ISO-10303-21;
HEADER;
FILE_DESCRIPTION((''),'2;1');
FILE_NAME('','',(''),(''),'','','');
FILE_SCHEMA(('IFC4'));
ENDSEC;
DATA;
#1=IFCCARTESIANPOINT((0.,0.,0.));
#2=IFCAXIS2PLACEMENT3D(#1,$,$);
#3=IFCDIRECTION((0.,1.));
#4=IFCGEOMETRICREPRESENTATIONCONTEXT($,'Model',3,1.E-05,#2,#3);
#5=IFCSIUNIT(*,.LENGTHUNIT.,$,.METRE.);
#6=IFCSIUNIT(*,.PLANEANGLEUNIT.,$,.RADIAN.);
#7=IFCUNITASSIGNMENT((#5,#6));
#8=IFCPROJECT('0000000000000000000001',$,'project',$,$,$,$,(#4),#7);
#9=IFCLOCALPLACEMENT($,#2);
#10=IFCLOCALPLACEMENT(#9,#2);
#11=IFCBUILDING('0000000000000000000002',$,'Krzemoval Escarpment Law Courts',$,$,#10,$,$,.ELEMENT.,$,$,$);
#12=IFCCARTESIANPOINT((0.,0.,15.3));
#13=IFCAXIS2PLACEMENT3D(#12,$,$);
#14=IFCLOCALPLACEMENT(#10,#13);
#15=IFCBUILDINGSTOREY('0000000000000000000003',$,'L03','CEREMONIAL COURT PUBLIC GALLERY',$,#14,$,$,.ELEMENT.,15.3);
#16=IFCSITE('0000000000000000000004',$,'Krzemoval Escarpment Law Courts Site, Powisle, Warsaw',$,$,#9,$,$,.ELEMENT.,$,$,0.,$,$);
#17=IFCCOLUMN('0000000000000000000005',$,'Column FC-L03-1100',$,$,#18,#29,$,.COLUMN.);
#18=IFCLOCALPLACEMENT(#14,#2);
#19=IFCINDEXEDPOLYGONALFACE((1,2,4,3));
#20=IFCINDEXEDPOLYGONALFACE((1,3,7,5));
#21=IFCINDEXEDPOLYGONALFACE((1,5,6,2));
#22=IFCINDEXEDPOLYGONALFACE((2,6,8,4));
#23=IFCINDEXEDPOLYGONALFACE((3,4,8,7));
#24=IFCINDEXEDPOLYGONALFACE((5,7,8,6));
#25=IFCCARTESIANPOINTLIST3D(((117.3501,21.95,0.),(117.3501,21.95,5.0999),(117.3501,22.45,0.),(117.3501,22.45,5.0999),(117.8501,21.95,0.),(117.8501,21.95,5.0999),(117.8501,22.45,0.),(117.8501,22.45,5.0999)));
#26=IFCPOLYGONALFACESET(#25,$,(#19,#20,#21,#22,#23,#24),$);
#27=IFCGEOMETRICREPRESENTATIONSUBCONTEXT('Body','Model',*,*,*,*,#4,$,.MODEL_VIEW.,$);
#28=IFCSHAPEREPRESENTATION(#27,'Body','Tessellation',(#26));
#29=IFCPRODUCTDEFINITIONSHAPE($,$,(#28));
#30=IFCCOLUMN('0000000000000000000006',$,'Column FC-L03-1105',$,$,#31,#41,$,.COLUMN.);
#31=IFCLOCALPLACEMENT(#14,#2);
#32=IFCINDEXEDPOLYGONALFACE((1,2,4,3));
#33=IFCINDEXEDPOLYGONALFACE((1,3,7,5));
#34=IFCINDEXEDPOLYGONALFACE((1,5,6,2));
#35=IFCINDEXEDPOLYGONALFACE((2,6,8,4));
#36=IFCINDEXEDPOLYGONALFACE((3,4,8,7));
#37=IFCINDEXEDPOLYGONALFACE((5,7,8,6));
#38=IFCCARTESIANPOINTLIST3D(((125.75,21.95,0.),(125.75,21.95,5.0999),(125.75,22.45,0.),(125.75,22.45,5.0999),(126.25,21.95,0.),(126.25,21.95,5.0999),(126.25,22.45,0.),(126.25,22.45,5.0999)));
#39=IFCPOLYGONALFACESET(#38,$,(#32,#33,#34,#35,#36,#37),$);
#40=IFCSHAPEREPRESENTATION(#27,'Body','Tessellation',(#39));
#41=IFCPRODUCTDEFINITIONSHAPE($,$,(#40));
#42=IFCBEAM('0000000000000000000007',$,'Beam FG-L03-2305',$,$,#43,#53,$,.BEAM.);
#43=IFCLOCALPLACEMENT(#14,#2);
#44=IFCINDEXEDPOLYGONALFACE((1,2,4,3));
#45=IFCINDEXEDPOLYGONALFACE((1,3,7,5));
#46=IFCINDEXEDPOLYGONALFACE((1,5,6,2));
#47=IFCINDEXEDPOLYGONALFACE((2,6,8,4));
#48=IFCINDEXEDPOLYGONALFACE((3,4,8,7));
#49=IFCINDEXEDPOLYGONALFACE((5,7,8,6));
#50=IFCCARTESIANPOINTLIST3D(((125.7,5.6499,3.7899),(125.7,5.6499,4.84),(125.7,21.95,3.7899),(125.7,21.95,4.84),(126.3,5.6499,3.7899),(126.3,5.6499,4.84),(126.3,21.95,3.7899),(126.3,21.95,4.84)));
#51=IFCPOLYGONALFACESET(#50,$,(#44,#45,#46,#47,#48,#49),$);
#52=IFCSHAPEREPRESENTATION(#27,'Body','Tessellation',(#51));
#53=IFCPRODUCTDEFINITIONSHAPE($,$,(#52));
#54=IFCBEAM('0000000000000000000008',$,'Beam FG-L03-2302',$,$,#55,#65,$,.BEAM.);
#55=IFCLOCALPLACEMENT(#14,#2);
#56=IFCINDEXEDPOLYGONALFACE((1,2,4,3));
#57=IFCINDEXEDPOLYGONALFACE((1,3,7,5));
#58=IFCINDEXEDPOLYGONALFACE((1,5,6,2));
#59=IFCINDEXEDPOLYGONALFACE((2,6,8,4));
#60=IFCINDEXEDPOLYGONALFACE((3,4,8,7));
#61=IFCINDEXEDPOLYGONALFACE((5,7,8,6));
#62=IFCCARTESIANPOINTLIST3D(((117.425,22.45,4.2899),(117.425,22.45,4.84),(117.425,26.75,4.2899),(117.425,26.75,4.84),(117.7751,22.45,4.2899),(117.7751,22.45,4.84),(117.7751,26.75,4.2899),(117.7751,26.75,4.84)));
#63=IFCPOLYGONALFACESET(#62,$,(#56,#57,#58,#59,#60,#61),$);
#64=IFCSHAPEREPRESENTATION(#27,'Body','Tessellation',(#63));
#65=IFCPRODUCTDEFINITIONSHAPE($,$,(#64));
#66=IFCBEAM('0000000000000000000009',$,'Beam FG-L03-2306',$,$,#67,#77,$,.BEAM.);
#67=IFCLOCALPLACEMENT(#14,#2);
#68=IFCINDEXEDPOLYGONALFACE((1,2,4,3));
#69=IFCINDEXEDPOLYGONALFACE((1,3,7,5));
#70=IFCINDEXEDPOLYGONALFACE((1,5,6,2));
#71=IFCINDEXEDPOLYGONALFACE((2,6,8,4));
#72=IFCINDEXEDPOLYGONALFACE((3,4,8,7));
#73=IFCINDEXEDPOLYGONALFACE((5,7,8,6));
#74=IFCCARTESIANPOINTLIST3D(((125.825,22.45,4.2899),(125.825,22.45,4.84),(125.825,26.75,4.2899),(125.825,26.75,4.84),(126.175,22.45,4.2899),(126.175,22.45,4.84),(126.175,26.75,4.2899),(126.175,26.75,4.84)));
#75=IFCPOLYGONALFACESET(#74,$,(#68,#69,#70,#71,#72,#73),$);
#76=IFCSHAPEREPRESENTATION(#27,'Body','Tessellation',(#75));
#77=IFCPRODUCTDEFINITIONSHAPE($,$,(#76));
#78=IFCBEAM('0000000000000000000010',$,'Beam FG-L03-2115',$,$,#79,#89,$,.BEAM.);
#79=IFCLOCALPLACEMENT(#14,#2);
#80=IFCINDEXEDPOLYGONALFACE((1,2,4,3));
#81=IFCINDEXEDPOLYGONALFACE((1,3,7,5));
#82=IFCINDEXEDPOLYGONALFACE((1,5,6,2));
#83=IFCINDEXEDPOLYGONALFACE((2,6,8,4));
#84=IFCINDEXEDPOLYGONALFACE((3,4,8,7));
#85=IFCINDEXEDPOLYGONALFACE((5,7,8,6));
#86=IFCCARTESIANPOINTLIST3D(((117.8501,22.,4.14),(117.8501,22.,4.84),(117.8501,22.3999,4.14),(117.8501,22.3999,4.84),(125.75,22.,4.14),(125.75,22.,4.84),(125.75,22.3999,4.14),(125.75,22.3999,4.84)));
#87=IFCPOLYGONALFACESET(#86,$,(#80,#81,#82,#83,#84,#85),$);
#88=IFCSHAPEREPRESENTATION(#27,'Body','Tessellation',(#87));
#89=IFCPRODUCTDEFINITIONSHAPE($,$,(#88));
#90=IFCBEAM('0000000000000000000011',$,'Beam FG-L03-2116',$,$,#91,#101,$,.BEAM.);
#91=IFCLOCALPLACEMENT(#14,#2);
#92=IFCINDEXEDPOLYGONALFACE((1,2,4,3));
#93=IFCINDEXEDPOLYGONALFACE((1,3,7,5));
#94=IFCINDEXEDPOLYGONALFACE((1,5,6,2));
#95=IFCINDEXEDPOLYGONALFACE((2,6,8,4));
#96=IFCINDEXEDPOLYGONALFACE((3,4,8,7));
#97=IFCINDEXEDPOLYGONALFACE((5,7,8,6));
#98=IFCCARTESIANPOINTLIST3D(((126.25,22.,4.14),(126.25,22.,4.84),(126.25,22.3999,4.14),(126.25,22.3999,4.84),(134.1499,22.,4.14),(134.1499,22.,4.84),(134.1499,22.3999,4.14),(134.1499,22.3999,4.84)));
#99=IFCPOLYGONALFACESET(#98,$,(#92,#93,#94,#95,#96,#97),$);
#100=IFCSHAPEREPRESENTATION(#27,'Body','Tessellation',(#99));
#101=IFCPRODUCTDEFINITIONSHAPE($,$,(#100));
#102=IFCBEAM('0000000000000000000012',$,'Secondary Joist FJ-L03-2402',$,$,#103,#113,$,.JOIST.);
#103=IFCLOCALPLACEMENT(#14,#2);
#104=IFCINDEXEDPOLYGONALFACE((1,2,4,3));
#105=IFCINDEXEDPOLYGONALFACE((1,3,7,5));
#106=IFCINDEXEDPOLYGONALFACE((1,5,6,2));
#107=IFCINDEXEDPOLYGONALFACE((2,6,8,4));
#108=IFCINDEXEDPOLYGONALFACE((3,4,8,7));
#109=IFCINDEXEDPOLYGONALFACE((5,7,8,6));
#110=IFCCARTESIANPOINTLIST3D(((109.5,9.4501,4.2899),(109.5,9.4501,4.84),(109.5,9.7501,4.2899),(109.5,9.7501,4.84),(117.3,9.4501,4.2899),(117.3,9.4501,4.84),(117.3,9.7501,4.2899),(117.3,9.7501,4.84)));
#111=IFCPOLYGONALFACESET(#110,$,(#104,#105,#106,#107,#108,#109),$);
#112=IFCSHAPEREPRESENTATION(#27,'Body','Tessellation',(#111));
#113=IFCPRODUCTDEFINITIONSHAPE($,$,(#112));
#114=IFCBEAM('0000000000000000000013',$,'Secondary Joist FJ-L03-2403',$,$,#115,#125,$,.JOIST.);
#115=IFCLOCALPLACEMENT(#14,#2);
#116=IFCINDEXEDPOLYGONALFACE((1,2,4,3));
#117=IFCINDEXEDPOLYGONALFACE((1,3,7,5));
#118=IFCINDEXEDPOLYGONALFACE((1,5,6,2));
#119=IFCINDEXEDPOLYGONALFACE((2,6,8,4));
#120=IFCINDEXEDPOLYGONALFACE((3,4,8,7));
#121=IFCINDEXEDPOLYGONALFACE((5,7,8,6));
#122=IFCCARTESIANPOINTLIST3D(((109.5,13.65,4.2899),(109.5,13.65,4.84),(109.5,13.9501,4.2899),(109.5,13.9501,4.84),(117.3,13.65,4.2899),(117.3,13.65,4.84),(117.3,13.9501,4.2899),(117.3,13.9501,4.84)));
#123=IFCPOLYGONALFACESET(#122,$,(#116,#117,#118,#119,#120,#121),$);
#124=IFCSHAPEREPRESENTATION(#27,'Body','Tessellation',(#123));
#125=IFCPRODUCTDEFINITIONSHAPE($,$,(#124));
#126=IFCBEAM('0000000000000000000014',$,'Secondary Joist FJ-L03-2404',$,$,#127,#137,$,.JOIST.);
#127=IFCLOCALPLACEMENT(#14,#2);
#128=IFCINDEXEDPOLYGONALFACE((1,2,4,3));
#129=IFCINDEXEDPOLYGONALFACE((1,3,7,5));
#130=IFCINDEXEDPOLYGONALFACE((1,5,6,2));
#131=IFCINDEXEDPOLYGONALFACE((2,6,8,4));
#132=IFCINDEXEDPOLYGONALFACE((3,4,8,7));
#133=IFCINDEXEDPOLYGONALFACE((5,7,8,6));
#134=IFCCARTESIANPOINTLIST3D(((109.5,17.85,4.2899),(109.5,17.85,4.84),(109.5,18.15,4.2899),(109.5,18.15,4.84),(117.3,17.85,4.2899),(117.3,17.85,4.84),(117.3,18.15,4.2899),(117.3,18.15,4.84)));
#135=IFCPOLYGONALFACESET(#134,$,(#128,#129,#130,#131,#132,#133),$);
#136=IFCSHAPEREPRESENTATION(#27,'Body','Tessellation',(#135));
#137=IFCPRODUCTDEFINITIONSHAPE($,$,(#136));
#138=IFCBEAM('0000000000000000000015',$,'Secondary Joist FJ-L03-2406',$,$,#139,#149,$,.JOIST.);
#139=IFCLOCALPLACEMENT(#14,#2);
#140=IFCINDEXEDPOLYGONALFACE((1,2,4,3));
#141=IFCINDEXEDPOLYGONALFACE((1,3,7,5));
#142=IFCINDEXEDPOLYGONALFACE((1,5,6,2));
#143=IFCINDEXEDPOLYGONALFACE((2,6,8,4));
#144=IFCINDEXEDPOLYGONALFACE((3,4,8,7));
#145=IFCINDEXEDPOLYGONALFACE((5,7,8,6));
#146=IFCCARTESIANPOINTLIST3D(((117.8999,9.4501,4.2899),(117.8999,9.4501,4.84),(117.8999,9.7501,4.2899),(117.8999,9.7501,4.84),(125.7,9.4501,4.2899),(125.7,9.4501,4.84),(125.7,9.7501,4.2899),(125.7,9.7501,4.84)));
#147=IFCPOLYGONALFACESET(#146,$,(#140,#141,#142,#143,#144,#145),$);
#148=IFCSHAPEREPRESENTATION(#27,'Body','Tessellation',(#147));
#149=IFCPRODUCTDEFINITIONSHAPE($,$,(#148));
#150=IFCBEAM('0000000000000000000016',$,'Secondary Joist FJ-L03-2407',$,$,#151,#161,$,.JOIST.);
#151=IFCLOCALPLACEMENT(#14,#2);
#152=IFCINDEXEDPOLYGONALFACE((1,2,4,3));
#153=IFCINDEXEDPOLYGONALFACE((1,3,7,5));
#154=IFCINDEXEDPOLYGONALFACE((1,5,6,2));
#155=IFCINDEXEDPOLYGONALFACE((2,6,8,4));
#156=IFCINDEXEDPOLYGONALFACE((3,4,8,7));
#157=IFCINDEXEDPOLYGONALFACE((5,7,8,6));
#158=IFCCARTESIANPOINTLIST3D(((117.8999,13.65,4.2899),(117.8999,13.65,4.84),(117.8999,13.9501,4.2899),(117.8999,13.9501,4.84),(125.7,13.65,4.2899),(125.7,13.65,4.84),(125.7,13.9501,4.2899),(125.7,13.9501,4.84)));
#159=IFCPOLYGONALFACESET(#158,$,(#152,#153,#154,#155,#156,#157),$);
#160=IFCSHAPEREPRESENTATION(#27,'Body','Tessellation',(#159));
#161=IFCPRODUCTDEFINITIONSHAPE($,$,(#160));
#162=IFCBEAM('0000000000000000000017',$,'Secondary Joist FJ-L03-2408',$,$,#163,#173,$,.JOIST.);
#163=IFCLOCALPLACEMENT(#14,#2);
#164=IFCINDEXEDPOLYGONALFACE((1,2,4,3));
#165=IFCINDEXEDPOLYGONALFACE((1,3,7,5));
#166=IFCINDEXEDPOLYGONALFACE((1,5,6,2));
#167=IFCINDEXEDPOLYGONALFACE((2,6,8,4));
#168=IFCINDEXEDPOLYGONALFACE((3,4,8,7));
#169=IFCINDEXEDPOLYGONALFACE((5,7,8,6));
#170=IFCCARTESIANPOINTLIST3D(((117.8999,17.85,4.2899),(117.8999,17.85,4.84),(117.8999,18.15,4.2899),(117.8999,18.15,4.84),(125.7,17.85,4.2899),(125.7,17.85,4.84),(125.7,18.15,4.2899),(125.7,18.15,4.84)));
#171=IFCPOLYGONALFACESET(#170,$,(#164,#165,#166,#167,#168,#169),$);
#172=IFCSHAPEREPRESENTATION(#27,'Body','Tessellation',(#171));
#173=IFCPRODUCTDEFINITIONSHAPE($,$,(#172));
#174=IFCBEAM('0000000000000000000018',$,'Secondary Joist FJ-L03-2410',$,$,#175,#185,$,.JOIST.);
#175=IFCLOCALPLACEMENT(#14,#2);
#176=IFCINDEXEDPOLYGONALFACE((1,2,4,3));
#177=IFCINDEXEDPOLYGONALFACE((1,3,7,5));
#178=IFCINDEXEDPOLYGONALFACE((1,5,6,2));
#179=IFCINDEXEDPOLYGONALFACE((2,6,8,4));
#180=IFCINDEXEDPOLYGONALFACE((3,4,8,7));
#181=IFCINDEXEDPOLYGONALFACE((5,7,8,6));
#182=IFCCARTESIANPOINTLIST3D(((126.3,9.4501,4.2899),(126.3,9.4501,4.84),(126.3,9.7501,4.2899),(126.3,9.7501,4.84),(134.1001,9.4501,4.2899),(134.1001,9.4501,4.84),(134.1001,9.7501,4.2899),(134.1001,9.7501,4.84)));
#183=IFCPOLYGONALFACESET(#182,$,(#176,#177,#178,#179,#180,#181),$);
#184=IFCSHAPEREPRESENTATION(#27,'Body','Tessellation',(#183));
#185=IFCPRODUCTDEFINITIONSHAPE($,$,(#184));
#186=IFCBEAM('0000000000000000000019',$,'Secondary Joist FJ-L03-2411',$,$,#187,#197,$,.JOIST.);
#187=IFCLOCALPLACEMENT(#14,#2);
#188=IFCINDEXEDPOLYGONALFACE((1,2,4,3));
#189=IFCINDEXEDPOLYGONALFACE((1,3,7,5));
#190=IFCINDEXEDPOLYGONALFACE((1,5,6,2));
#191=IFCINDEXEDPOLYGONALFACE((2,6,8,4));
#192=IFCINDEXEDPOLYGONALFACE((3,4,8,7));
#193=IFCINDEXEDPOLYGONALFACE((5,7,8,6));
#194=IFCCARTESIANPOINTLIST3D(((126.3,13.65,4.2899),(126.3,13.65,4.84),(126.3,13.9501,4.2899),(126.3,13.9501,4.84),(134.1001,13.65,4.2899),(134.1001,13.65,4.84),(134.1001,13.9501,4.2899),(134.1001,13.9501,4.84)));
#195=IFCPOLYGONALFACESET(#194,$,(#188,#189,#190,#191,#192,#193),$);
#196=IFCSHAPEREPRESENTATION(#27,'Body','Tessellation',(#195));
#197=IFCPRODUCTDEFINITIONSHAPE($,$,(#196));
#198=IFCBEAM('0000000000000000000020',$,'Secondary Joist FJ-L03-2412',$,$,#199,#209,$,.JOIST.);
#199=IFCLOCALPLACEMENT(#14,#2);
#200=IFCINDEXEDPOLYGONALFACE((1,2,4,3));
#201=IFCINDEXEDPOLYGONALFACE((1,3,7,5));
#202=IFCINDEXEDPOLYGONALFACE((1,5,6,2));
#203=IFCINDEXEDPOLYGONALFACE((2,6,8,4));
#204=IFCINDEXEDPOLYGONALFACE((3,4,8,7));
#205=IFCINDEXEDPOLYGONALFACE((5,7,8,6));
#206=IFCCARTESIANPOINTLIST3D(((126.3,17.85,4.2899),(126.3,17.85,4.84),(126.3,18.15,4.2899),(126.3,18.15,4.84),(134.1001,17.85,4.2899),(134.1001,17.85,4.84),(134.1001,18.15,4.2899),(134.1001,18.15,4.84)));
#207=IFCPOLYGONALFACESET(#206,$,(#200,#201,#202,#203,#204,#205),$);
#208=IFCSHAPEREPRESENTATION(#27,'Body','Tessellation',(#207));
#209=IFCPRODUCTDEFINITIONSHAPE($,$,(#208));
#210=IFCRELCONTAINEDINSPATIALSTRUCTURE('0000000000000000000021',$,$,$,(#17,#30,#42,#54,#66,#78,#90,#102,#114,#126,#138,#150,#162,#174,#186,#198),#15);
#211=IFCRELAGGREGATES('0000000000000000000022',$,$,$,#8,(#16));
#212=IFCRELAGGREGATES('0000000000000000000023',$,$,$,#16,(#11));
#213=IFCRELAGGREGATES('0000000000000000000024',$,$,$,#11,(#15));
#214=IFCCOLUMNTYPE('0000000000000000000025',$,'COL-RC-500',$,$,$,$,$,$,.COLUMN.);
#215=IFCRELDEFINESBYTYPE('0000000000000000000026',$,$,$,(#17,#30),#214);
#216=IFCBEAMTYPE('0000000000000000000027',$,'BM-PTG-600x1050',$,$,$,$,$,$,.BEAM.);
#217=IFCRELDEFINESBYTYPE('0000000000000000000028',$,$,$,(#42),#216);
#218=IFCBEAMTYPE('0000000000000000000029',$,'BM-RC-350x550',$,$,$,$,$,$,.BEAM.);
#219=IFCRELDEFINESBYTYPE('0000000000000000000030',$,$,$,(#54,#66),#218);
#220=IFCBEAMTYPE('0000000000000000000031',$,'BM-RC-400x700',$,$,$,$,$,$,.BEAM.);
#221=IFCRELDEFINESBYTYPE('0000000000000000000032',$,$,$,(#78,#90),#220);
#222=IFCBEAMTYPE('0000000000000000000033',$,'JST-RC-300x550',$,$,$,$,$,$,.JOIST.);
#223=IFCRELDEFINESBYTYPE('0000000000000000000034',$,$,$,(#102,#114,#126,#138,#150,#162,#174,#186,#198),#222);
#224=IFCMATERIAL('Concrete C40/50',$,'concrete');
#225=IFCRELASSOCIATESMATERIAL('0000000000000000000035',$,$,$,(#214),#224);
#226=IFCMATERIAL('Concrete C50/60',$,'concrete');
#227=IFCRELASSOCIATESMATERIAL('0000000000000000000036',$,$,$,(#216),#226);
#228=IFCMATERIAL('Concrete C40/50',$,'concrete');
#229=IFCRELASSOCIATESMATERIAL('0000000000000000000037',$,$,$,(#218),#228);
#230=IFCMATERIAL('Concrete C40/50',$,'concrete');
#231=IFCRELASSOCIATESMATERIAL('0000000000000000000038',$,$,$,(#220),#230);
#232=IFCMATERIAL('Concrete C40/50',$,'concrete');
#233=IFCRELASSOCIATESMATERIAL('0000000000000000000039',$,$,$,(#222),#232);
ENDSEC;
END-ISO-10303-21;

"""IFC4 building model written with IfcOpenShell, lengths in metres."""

from ifc_helpers import new_model, si_unit, direction, frame, origin, origin_2d, place, context, subcontext, project, spatial, rectangle, extrude, material, material_profile, profile_set, type_object, element, save


model = new_model("IFC4")

# Units and contexts
model_context = context("Model", 3, precision=1e-05, world=origin(), true_north=direction((0.0, 1.0)))
body_context = subcontext(model_context, "Body", "Model", "MODEL_VIEW")
ifc_project = project(units=[si_unit("LENGTHUNIT", "METRE"), si_unit("PLANEANGLEUNIT", "RADIAN")], contexts=[model_context])

# Site, building, storey
site_placement = place(None, origin())
site = spatial("IfcSite", under=ifc_project, at=site_placement, Name="Krzemoval Escarpment Law Courts Site, Powisle, Warsaw", CompositionType="ELEMENT", RefElevation=0.0)
building_placement = place(site_placement, origin())
building = spatial("IfcBuilding", under=site, at=building_placement, Name="Krzemoval Escarpment Law Courts", CompositionType="ELEMENT")
storey_placement = place(building_placement, frame((0.0, 0.0, 15.3)))
storey = spatial("IfcBuildingStorey", under=building, at=storey_placement, Name="L03", Description="CEREMONIAL COURT PUBLIC GALLERY", CompositionType="ELEMENT", Elevation=15.3)

# Columns
ifc_material_1 = material(Name="Concrete C40/50", Category="concrete")
ifc_material_profile_1 = material_profile(ifc_material_1, rectangle(XDim=0.5, YDim=0.5, at=origin_2d()), Name="RC 500x500")
ifc_profile_set_1 = profile_set([ifc_material_profile_1], Name="Concrete C40/50")
column_type = type_object("IfcColumnType", Name="COL-RC-500", PredefinedType="COLUMN", material=ifc_profile_set_1)
for number, where, z_axis, x_axis, name in (
    (1, (117.6001, 22.2, 0.0), (0.0, 0.0, 1.0), (1.0, 0.0, 0.0), "Column FC-L03-1100"),
    (2, (126.0, 22.2, 0.0), (0.0, 0.0, 1.0), (1.0, 0.0, 0.0), "Column FC-L03-1105"),
):
    element("IfcColumn", number, at=place(storey_placement, frame(where, z_axis=z_axis, x_axis=x_axis)), inside=storey, type_object=column_type, Name=name, PredefinedType="COLUMN", context=body_context, shape_type="SweptSolid", body=[
        extrude(rectangle(XDim=0.5, YDim=0.5, at=origin_2d()), origin(), (0.0, 0.0, 1.0), 5.0999),
    ])

# Beams
ifc_material_2 = material(Name="Concrete C50/60", Category="concrete")
ifc_material_profile_2 = material_profile(ifc_material_2, rectangle(XDim=0.6001, YDim=1.05, at=origin_2d()), Name="PTG 600x1050")
ifc_profile_set_2 = profile_set([ifc_material_profile_2], Name="Concrete C50/60")
beam_type_1 = type_object("IfcBeamType", Name="BM-PTG-600x1050", PredefinedType="BEAM", material=ifc_profile_set_2)
beam_placement = place(storey_placement, frame((126.0, 5.6499, 4.3149), z_axis=(0.0, 1.0, 0.0), x_axis=(-1.0, 0.0, 0.0)))
element("IfcBeam", 3, at=beam_placement, inside=storey, type_object=beam_type_1, Name="Beam FG-L03-2305", PredefinedType="BEAM", context=body_context, shape_type="SweptSolid", body=[
    extrude(rectangle(XDim=0.6001, YDim=1.05, at=origin_2d()), origin(), (0.0, 0.0, 1.0), 16.3),
])
ifc_material_3 = material(Name="Concrete C40/50", Category="concrete")
ifc_material_profile_3 = material_profile(ifc_material_3, rectangle(XDim=0.3501, YDim=0.55, at=origin_2d()), Name="RCB 350x550")
ifc_profile_set_3 = profile_set([ifc_material_profile_3], Name="Concrete C40/50")
beam_type_2 = type_object("IfcBeamType", Name="BM-RC-350x550", PredefinedType="BEAM", material=ifc_profile_set_3)
for number, where, z_axis, x_axis, name in (
    (4, (117.6001, 22.45, 4.5649), (0.0, 1.0, 0.0), (-1.0, 0.0, 0.0), "Beam FG-L03-2302"),
    (5, (126.0, 22.45, 4.5649), (0.0, 1.0, 0.0), (-1.0, 0.0, 0.0), "Beam FG-L03-2306"),
):
    element("IfcBeam", number, at=place(storey_placement, frame(where, z_axis=z_axis, x_axis=x_axis)), inside=storey, type_object=beam_type_2, Name=name, PredefinedType="BEAM", context=body_context, shape_type="SweptSolid", body=[
        extrude(rectangle(XDim=0.3501, YDim=0.55, at=origin_2d()), origin(), (0.0, 0.0, 1.0), 4.3),
    ])
ifc_material_4 = material(Name="Concrete C40/50", Category="concrete")
ifc_material_profile_4 = material_profile(ifc_material_4, rectangle(XDim=0.3999, YDim=0.7, at=origin_2d()), Name="RCB 400x700")
ifc_profile_set_4 = profile_set([ifc_material_profile_4], Name="Concrete C40/50")
beam_type_3 = type_object("IfcBeamType", Name="BM-RC-400x700", PredefinedType="BEAM", material=ifc_profile_set_4)
for number, where, z_axis, x_axis, name in (
    (6, (117.8501, 22.2, 4.49), (1.0, 0.0, 0.0), (0.0, 1.0, 0.0), "Beam FG-L03-2115"),
    (7, (126.25, 22.2, 4.49), (1.0, 0.0, 0.0), (0.0, 1.0, 0.0), "Beam FG-L03-2116"),
):
    element("IfcBeam", number, at=place(storey_placement, frame(where, z_axis=z_axis, x_axis=x_axis)), inside=storey, type_object=beam_type_3, Name=name, PredefinedType="BEAM", context=body_context, shape_type="SweptSolid", body=[
        extrude(rectangle(XDim=0.3999, YDim=0.7, at=origin_2d()), origin(), (0.0, 0.0, 1.0), 7.8999),
    ])
ifc_material_5 = material(Name="Concrete C40/50", Category="concrete")
ifc_material_profile_5 = material_profile(ifc_material_5, rectangle(XDim=0.3, YDim=0.55, at=origin_2d()), Name="RCB 300x550")
ifc_profile_set_5 = profile_set([ifc_material_profile_5], Name="Concrete C40/50")
beam_type_4 = type_object("IfcBeamType", Name="JST-RC-300x550", PredefinedType="JOIST", material=ifc_profile_set_5)
for number, where, z_axis, x_axis, name in (
    (8, (109.5, 9.6001, 4.5649), (1.0, 0.0, 0.0), (0.0, 1.0, 0.0), "Secondary Joist FJ-L03-2402"),
    (9, (109.5, 13.8, 4.5649), (1.0, 0.0, 0.0), (0.0, 1.0, 0.0), "Secondary Joist FJ-L03-2403"),
    (10, (109.5, 18.0, 4.5649), (1.0, 0.0, 0.0), (0.0, 1.0, 0.0), "Secondary Joist FJ-L03-2404"),
    (11, (117.8999, 9.6001, 4.5649), (1.0, 0.0, 0.0), (0.0, 1.0, 0.0), "Secondary Joist FJ-L03-2406"),
    (12, (117.8999, 13.8, 4.5649), (1.0, 0.0, 0.0), (0.0, 1.0, 0.0), "Secondary Joist FJ-L03-2407"),
    (13, (117.8999, 18.0, 4.5649), (1.0, 0.0, 0.0), (0.0, 1.0, 0.0), "Secondary Joist FJ-L03-2408"),
    (14, (126.3, 9.6001, 4.5649), (1.0, 0.0, 0.0), (0.0, 1.0, 0.0), "Secondary Joist FJ-L03-2410"),
    (15, (126.3, 13.8, 4.5649), (1.0, 0.0, 0.0), (0.0, 1.0, 0.0), "Secondary Joist FJ-L03-2411"),
    (16, (126.3, 18.0, 4.5649), (1.0, 0.0, 0.0), (0.0, 1.0, 0.0), "Secondary Joist FJ-L03-2412"),
):
    element("IfcBeam", number, at=place(storey_placement, frame(where, z_axis=z_axis, x_axis=x_axis)), inside=storey, type_object=beam_type_4, Name=name, PredefinedType="JOIST", context=body_context, shape_type="SweptSolid", body=[
        extrude(rectangle(XDim=0.3, YDim=0.55, at=origin_2d()), origin(), (0.0, 0.0, 1.0), 7.8),
    ])

save(model, "model.ifc")
